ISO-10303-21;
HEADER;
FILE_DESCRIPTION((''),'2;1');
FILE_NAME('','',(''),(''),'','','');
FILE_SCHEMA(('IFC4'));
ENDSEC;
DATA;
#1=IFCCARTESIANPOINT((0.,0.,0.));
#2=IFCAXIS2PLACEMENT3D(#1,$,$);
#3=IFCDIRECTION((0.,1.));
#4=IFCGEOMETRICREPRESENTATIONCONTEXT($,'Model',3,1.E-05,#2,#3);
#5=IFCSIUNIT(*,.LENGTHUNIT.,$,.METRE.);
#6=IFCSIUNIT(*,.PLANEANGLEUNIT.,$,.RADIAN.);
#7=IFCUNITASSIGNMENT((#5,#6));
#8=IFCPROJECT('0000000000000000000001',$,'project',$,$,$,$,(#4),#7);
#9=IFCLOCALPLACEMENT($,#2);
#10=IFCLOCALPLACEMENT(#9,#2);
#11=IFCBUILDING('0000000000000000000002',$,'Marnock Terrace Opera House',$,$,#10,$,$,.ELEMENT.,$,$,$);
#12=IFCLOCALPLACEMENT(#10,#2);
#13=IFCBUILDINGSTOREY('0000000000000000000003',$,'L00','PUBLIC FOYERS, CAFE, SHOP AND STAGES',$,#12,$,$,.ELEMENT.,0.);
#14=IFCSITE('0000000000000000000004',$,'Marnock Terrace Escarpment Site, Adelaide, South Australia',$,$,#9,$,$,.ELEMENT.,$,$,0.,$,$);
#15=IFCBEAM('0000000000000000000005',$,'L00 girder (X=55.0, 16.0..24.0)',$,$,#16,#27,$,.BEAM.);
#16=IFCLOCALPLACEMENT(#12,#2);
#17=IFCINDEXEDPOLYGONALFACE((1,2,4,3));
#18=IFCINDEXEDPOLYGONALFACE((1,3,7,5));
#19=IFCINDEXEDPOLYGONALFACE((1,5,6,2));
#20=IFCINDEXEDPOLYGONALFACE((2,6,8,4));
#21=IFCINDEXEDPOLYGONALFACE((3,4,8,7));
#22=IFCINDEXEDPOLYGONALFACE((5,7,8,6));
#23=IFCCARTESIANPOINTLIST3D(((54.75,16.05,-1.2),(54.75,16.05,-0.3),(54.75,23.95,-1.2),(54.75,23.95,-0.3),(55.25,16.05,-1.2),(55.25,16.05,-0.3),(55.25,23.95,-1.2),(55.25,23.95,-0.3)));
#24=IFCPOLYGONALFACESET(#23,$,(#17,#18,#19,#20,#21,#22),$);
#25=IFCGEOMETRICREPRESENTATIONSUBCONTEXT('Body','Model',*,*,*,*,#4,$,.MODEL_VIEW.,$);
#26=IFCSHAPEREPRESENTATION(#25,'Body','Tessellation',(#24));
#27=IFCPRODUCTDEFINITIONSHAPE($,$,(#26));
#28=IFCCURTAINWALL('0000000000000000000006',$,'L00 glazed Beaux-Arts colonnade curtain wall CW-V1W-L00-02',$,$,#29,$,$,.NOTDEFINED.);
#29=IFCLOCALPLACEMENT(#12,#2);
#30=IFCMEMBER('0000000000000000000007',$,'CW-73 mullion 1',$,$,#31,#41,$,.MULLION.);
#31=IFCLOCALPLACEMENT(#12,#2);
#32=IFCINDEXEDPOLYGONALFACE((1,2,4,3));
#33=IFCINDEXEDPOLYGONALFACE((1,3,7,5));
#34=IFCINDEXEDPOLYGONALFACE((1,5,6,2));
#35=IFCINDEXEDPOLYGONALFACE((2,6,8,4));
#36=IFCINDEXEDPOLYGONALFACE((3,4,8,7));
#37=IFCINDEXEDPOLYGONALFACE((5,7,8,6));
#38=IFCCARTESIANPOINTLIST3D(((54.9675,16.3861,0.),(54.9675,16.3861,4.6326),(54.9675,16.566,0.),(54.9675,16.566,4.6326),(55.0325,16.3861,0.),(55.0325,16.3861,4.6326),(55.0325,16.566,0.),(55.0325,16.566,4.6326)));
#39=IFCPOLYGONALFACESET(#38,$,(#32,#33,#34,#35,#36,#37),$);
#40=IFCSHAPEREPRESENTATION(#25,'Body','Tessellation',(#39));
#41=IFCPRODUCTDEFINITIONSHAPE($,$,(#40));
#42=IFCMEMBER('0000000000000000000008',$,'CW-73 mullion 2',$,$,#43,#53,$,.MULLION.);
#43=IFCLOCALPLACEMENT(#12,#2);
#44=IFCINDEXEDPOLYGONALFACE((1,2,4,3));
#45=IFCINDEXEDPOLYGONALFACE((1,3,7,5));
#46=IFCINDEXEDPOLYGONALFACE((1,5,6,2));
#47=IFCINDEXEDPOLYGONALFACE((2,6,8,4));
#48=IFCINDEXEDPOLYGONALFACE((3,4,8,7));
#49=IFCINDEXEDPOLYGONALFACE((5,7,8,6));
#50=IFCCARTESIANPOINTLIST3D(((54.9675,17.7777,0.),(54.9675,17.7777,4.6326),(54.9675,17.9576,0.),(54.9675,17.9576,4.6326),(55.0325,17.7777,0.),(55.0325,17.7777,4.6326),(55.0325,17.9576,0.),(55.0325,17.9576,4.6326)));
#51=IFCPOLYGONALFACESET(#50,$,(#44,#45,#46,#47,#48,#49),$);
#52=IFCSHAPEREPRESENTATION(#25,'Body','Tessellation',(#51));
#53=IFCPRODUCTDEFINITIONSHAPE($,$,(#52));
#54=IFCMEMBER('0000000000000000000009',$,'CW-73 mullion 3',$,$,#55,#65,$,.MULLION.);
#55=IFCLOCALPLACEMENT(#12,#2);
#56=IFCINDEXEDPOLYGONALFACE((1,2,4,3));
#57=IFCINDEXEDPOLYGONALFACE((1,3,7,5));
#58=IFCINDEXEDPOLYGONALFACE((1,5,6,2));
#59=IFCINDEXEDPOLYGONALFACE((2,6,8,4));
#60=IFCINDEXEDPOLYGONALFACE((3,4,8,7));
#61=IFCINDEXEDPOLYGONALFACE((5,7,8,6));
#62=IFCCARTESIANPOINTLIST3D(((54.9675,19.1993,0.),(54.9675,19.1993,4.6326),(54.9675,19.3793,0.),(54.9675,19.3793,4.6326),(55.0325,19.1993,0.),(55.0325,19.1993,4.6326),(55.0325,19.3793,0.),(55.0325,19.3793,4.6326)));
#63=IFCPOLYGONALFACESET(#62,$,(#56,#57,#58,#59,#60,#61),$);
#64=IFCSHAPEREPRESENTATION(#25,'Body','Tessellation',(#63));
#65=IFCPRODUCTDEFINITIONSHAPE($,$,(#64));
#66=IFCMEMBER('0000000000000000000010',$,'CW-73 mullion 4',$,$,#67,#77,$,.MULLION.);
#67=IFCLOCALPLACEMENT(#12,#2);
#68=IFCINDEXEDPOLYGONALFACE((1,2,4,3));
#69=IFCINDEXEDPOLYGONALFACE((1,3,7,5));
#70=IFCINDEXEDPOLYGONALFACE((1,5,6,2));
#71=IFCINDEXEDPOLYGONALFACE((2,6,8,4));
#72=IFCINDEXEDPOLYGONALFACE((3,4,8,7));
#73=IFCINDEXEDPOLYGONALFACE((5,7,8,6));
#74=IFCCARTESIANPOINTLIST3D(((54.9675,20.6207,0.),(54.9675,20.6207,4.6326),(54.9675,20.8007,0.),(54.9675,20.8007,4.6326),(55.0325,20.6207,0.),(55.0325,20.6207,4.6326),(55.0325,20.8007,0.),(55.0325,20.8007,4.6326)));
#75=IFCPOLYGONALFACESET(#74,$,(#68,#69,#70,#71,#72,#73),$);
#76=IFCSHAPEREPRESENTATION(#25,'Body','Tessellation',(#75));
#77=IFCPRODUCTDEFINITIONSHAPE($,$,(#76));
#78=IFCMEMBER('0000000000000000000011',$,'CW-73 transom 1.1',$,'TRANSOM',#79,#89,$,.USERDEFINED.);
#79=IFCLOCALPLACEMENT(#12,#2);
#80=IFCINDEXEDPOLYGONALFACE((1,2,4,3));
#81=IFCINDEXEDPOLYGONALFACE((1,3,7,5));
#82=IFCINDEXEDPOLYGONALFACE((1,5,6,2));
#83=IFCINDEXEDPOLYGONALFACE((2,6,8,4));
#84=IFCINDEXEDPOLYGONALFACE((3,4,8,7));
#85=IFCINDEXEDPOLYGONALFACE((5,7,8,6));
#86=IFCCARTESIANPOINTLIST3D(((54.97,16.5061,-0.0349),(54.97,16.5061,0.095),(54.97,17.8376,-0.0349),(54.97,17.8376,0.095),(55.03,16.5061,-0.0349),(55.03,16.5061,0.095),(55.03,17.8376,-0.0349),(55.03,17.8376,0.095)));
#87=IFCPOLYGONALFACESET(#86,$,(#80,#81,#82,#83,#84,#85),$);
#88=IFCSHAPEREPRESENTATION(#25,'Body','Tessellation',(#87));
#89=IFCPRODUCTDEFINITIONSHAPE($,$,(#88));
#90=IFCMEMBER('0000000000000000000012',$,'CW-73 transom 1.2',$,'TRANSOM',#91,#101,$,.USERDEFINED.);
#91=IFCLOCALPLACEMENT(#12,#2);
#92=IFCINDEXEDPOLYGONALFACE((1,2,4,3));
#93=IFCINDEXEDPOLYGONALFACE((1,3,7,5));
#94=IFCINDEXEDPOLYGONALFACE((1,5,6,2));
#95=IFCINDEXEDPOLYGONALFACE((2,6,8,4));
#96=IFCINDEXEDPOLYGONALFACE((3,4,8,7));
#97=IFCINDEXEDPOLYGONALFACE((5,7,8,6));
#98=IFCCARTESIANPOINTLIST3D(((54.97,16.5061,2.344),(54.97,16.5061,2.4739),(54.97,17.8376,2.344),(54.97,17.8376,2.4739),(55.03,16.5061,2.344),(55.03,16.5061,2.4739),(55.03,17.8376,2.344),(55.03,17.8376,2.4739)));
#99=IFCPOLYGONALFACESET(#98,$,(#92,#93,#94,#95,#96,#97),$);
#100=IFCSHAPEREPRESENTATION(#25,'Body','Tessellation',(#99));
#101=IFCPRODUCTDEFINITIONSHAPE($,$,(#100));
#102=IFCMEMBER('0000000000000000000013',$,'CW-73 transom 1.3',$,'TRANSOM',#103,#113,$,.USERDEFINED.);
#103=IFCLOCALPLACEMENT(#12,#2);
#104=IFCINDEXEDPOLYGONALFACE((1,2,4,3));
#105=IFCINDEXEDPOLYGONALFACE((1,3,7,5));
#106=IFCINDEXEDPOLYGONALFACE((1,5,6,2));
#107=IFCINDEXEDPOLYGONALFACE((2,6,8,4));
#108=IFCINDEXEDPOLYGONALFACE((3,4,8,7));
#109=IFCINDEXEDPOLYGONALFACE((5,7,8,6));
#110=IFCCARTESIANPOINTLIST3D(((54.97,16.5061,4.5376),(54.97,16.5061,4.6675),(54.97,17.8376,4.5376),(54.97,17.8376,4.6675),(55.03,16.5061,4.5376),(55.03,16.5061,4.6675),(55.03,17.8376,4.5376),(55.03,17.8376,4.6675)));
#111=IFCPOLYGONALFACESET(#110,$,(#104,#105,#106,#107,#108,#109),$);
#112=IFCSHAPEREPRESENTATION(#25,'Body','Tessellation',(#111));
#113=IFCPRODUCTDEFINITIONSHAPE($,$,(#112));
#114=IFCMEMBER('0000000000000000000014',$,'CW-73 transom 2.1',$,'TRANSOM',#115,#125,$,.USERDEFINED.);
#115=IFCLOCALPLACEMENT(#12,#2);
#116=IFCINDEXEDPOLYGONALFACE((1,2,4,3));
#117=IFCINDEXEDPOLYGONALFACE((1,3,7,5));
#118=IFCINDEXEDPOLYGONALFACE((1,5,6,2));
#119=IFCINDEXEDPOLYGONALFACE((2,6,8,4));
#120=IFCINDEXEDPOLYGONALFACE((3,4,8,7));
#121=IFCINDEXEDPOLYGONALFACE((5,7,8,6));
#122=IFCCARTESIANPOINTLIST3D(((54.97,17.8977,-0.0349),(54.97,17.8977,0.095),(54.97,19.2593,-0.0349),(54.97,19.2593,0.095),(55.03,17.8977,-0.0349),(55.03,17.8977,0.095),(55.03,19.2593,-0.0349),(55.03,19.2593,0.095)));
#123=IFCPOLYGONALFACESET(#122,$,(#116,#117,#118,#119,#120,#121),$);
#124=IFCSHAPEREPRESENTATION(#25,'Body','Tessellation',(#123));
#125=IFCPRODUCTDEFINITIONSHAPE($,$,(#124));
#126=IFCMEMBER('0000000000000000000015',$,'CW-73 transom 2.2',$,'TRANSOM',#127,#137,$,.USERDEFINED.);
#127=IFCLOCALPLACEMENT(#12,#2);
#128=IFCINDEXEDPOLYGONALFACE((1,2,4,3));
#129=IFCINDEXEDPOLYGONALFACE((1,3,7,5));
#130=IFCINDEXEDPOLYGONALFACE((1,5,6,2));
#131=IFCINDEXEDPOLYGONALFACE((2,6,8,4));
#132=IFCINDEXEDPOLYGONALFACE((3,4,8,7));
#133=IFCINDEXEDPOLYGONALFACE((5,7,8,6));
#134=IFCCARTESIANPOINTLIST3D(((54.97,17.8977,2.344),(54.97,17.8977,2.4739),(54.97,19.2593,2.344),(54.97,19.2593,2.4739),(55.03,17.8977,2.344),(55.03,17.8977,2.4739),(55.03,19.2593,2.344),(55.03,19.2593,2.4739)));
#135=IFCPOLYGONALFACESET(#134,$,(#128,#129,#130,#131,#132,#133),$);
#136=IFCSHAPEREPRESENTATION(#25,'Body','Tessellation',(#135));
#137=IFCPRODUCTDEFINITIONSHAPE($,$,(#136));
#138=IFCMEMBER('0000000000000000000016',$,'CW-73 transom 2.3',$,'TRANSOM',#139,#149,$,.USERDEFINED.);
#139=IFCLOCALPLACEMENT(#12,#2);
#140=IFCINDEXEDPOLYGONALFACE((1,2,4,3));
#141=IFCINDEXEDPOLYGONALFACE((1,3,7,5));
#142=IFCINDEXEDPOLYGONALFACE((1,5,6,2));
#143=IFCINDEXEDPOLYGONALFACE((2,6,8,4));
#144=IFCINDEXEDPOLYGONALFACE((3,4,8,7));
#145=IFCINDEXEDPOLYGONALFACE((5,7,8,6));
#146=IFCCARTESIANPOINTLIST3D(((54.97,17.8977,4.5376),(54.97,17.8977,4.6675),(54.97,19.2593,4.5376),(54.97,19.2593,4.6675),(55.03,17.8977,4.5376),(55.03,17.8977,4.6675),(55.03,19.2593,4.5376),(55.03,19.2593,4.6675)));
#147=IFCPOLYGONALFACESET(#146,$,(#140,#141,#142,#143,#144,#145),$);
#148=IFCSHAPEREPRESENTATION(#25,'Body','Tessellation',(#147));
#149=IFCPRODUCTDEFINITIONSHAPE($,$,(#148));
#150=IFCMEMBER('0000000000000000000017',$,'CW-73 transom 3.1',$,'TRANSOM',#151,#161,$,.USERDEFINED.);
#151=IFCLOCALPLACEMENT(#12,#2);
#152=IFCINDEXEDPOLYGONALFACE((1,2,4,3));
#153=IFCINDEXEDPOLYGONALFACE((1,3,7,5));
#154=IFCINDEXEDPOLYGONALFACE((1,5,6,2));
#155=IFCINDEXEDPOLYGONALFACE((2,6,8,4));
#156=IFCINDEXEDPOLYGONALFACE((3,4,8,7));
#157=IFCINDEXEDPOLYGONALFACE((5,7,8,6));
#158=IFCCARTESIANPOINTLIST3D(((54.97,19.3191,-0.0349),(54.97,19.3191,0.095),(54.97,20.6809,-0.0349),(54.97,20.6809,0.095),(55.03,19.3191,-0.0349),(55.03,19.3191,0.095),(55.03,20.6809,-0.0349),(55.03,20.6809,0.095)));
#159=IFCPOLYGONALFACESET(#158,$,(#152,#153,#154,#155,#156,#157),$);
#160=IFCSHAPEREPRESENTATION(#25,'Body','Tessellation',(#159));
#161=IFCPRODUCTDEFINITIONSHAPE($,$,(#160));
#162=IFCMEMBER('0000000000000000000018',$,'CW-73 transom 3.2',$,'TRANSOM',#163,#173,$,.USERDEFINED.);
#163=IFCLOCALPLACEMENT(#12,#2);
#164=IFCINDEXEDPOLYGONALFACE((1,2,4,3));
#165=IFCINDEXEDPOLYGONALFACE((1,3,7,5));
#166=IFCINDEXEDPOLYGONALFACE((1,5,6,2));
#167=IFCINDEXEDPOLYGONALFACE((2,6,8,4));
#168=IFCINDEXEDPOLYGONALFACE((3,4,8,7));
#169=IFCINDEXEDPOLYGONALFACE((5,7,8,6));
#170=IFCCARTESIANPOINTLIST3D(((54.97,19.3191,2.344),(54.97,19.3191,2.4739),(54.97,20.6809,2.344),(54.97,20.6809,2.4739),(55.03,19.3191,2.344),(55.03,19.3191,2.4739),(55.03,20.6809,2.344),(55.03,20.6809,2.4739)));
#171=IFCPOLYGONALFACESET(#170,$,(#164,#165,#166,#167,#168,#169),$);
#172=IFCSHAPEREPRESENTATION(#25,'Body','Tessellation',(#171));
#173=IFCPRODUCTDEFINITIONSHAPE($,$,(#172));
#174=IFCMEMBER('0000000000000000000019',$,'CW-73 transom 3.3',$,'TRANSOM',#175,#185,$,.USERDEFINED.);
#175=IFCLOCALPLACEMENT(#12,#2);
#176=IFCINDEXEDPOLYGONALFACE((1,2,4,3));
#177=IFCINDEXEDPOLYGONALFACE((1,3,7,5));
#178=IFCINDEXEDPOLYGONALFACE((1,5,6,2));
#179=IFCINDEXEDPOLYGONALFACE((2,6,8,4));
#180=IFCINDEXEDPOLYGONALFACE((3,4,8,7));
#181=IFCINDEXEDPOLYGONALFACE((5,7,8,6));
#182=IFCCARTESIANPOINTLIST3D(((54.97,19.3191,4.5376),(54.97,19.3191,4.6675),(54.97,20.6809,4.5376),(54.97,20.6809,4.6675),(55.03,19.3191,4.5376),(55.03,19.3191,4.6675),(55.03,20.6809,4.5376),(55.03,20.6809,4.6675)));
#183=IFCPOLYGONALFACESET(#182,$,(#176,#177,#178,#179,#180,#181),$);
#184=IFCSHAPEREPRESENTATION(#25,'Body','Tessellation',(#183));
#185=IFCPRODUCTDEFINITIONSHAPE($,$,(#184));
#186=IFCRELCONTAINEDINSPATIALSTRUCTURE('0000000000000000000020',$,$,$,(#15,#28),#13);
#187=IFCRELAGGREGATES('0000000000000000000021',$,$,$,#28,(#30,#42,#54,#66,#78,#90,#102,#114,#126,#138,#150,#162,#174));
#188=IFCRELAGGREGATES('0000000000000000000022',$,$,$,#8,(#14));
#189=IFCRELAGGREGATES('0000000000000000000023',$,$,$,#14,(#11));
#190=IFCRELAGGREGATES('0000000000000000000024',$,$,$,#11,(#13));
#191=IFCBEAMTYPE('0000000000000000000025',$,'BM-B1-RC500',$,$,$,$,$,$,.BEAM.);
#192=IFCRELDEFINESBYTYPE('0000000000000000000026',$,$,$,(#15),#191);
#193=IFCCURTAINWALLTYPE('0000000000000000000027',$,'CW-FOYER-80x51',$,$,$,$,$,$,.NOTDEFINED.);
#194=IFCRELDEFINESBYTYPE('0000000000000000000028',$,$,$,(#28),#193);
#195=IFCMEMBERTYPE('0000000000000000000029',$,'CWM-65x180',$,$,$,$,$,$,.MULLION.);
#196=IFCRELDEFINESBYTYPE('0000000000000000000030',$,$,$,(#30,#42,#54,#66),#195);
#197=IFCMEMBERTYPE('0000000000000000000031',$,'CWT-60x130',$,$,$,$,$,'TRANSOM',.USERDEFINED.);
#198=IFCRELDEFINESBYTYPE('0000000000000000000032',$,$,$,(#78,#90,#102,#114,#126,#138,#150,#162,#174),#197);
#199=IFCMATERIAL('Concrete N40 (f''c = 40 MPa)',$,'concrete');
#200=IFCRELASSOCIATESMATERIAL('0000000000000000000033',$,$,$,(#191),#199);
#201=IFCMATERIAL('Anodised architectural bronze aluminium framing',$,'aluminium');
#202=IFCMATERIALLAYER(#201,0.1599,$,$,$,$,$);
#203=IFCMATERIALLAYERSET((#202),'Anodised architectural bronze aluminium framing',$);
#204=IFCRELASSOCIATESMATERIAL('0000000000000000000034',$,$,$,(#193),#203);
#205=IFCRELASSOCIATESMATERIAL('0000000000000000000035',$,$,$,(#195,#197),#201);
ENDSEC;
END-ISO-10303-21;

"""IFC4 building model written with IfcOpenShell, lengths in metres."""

from ifc_helpers import new_model, si_unit, direction, frame, origin, origin_2d, place, context, subcontext, project, spatial, rectangle, extrude, material, layer, layer_set, material_profile, profile_set, type_object, element, aggregate, save


model = new_model("IFC4")

# Units and contexts
model_context = context("Model", 3, precision=1e-05, world=origin(), true_north=direction((0.0, 1.0)))
body_context = subcontext(model_context, "Body", "Model", "MODEL_VIEW")
ifc_project = project(units=[si_unit("LENGTHUNIT", "METRE"), si_unit("PLANEANGLEUNIT", "RADIAN")], contexts=[model_context])

# Site, building, storey
site_placement = place(None, origin())
site = spatial("IfcSite", under=ifc_project, at=site_placement, Name="Marnock Terrace Escarpment Site, Adelaide, South Australia", CompositionType="ELEMENT", RefElevation=0.0)
building_placement = place(site_placement, origin())
building = spatial("IfcBuilding", under=site, at=building_placement, Name="Marnock Terrace Opera House", CompositionType="ELEMENT")
storey_placement = place(building_placement, origin())
storey = spatial("IfcBuildingStorey", under=building, at=storey_placement, Name="L00", Description="PUBLIC FOYERS, CAFE, SHOP AND STAGES", CompositionType="ELEMENT", Elevation=0.0)

# Beam
ifc_material_1 = material(Name="Concrete N40 (f'c = 40 MPa)", Category="concrete")
ifc_material_profile_1 = material_profile(ifc_material_1, rectangle(XDim=0.5, YDim=0.8999, at=origin_2d()))
ifc_profile_set_1 = profile_set([ifc_material_profile_1], Name="Concrete N40 (f'c = 40 MPa)")
beam_type = type_object("IfcBeamType", Name="BM-B1-RC500", PredefinedType="BEAM", material=ifc_profile_set_1)
beam_placement = place(storey_placement, frame((55.0, 16.05, -0.75), z_axis=(0.0, 1.0, 0.0), x_axis=(-1.0, 0.0, 0.0)))
element("IfcBeam", 1, at=beam_placement, inside=storey, type_object=beam_type, Name="L00 girder (X=55.0, 16.0..24.0)", PredefinedType="BEAM", context=body_context, shape_type="SweptSolid", body=[
    extrude(rectangle(XDim=0.5, YDim=0.8999, at=origin_2d()), origin(), (0.0, 0.0, 1.0), 7.8999),
])

# Curtain wall, members
ifc_material_2 = material(Name="Anodised architectural bronze aluminium framing", Category="aluminium")
ifc_layer_1 = layer(ifc_material_2, 0.1599)
ifc_layer_set_1 = layer_set([ifc_layer_1], Name="Anodised architectural bronze aluminium framing")
curtain_wall_type = type_object("IfcCurtainWallType", Name="CW-FOYER-80x51", PredefinedType="NOTDEFINED", material=ifc_layer_set_1)
curtain_wall_placement = place(storey_placement, origin())
curtain_wall = element("IfcCurtainWall", 2, at=curtain_wall_placement, inside=storey, type_object=curtain_wall_type, Name="L00 glazed Beaux-Arts colonnade curtain wall CW-V1W-L00-02", PredefinedType="NOTDEFINED")
ifc_material_profile_2 = material_profile(ifc_material_2, rectangle(XDim=0.0649, YDim=0.1799, at=origin_2d()))
ifc_profile_set_2 = profile_set([ifc_material_profile_2], Name="Anodised architectural bronze aluminium framing")
member_type_1 = type_object("IfcMemberType", Name="CWM-65x180", PredefinedType="MULLION", material=ifc_profile_set_2)
member_1_placement = place(storey_placement, frame((55.0, 16.4761, 0.0), z_axis=(0.0, 0.0, 1.0), x_axis=(-1.0, 0.0, 0.0)))
member_1 = element("IfcMember", 3, at=member_1_placement, type_object=member_type_1, Name="CW-73 mullion 1", PredefinedType="MULLION", context=body_context, shape_type="SweptSolid", body=[
    extrude(rectangle(XDim=0.0649, YDim=0.1799, at=origin_2d()), origin(), (0.0, 0.0, 1.0), 4.6326),
])
member_2_placement = place(storey_placement, frame((55.0, 17.8677, 0.0), z_axis=(0.0, 0.0, 1.0), x_axis=(-1.0, 0.0, 0.0)))
member_2 = element("IfcMember", 4, at=member_2_placement, type_object=member_type_1, Name="CW-73 mullion 2", PredefinedType="MULLION", context=body_context, shape_type="SweptSolid", body=[
    extrude(rectangle(XDim=0.0649, YDim=0.1799, at=origin_2d()), origin(), (0.0, 0.0, 1.0), 4.6326),
])
member_3_placement = place(storey_placement, frame((55.0, 19.2893, 0.0), z_axis=(0.0, 0.0, 1.0), x_axis=(-1.0, 0.0, 0.0)))
member_3 = element("IfcMember", 5, at=member_3_placement, type_object=member_type_1, Name="CW-73 mullion 3", PredefinedType="MULLION", context=body_context, shape_type="SweptSolid", body=[
    extrude(rectangle(XDim=0.0649, YDim=0.1799, at=origin_2d()), origin(), (0.0, 0.0, 1.0), 4.6326),
])
member_4_placement = place(storey_placement, frame((55.0, 20.7107, 0.0), z_axis=(0.0, 0.0, 1.0), x_axis=(-1.0, 0.0, 0.0)))
member_4 = element("IfcMember", 6, at=member_4_placement, type_object=member_type_1, Name="CW-73 mullion 4", PredefinedType="MULLION", context=body_context, shape_type="SweptSolid", body=[
    extrude(rectangle(XDim=0.0649, YDim=0.1799, at=origin_2d()), origin(), (0.0, 0.0, 1.0), 4.6326),
])
ifc_material_profile_3 = material_profile(ifc_material_2, rectangle(XDim=0.0601, YDim=0.1299, at=origin_2d()))
ifc_profile_set_3 = profile_set([ifc_material_profile_3], Name="Anodised architectural bronze aluminium framing")
member_type_2 = type_object("IfcMemberType", Name="CWT-60x130", ElementType="TRANSOM", PredefinedType="USERDEFINED", material=ifc_profile_set_3)
member_5_placement = place(storey_placement, frame((55.0, 16.5061, 0.03), z_axis=(0.0, 1.0, 0.0), x_axis=(-1.0, 0.0, 0.0)))
member_5 = element("IfcMember", 7, at=member_5_placement, type_object=member_type_2, Name="CW-73 transom 1.1", ObjectType="TRANSOM", PredefinedType="USERDEFINED", context=body_context, shape_type="SweptSolid", body=[
    extrude(rectangle(XDim=0.0601, YDim=0.1299, at=origin_2d()), origin(), (0.0, 0.0, 1.0), 1.3315),
])
member_6_placement = place(storey_placement, frame((55.0, 16.5061, 2.4089), z_axis=(0.0, 1.0, 0.0), x_axis=(-1.0, 0.0, 0.0)))
member_6 = element("IfcMember", 8, at=member_6_placement, type_object=member_type_2, Name="CW-73 transom 1.2", ObjectType="TRANSOM", PredefinedType="USERDEFINED", context=body_context, shape_type="SweptSolid", body=[
    extrude(rectangle(XDim=0.0601, YDim=0.1299, at=origin_2d()), origin(), (0.0, 0.0, 1.0), 1.3315),
])
member_7_placement = place(storey_placement, frame((55.0, 16.5061, 4.6025), z_axis=(0.0, 1.0, 0.0), x_axis=(-1.0, 0.0, 0.0)))
member_7 = element("IfcMember", 9, at=member_7_placement, type_object=member_type_2, Name="CW-73 transom 1.3", ObjectType="TRANSOM", PredefinedType="USERDEFINED", context=body_context, shape_type="SweptSolid", body=[
    extrude(rectangle(XDim=0.0601, YDim=0.1299, at=origin_2d()), origin(), (0.0, 0.0, 1.0), 1.3315),
])
member_8_placement = place(storey_placement, frame((55.0, 17.8977, 0.03), z_axis=(0.0, 1.0, 0.0), x_axis=(-1.0, 0.0, 0.0)))
member_8 = element("IfcMember", 10, at=member_8_placement, type_object=member_type_2, Name="CW-73 transom 2.1", ObjectType="TRANSOM", PredefinedType="USERDEFINED", context=body_context, shape_type="SweptSolid", body=[
    extrude(rectangle(XDim=0.0601, YDim=0.1299, at=origin_2d()), origin(), (0.0, 0.0, 1.0), 1.3616),
])
member_9_placement = place(storey_placement, frame((55.0, 17.8977, 2.4089), z_axis=(0.0, 1.0, 0.0), x_axis=(-1.0, 0.0, 0.0)))
member_9 = element("IfcMember", 11, at=member_9_placement, type_object=member_type_2, Name="CW-73 transom 2.2", ObjectType="TRANSOM", PredefinedType="USERDEFINED", context=body_context, shape_type="SweptSolid", body=[
    extrude(rectangle(XDim=0.0601, YDim=0.1299, at=origin_2d()), origin(), (0.0, 0.0, 1.0), 1.3616),
])
member_10_placement = place(storey_placement, frame((55.0, 17.8977, 4.6025), z_axis=(0.0, 1.0, 0.0), x_axis=(-1.0, 0.0, 0.0)))
member_10 = element("IfcMember", 12, at=member_10_placement, type_object=member_type_2, Name="CW-73 transom 2.3", ObjectType="TRANSOM", PredefinedType="USERDEFINED", context=body_context, shape_type="SweptSolid", body=[
    extrude(rectangle(XDim=0.0601, YDim=0.1299, at=origin_2d()), origin(), (0.0, 0.0, 1.0), 1.3616),
])
member_11_placement = place(storey_placement, frame((55.0, 19.3191, 0.03), z_axis=(0.0, 1.0, 0.0), x_axis=(-1.0, 0.0, 0.0)))
member_11 = element("IfcMember", 13, at=member_11_placement, type_object=member_type_2, Name="CW-73 transom 3.1", ObjectType="TRANSOM", PredefinedType="USERDEFINED", context=body_context, shape_type="SweptSolid", body=[
    extrude(rectangle(XDim=0.0601, YDim=0.1299, at=origin_2d()), origin(), (0.0, 0.0, 1.0), 1.3618),
])
member_12_placement = place(storey_placement, frame((55.0, 19.3191, 2.4089), z_axis=(0.0, 1.0, 0.0), x_axis=(-1.0, 0.0, 0.0)))
member_12 = element("IfcMember", 14, at=member_12_placement, type_object=member_type_2, Name="CW-73 transom 3.2", ObjectType="TRANSOM", PredefinedType="USERDEFINED", context=body_context, shape_type="SweptSolid", body=[
    extrude(rectangle(XDim=0.0601, YDim=0.1299, at=origin_2d()), origin(), (0.0, 0.0, 1.0), 1.3618),
])
member_13_placement = place(storey_placement, frame((55.0, 19.3191, 4.6025), z_axis=(0.0, 1.0, 0.0), x_axis=(-1.0, 0.0, 0.0)))
member_13 = element("IfcMember", 15, at=member_13_placement, type_object=member_type_2, Name="CW-73 transom 3.3", ObjectType="TRANSOM", PredefinedType="USERDEFINED", context=body_context, shape_type="SweptSolid", body=[
    extrude(rectangle(XDim=0.0601, YDim=0.1299, at=origin_2d()), origin(), (0.0, 0.0, 1.0), 1.3618),
])
aggregate(curtain_wall, [member_1, member_2, member_3, member_4, member_5, member_6, member_7, member_8, member_9, member_10, member_11, member_12, member_13])

save(model, "model.ifc")
